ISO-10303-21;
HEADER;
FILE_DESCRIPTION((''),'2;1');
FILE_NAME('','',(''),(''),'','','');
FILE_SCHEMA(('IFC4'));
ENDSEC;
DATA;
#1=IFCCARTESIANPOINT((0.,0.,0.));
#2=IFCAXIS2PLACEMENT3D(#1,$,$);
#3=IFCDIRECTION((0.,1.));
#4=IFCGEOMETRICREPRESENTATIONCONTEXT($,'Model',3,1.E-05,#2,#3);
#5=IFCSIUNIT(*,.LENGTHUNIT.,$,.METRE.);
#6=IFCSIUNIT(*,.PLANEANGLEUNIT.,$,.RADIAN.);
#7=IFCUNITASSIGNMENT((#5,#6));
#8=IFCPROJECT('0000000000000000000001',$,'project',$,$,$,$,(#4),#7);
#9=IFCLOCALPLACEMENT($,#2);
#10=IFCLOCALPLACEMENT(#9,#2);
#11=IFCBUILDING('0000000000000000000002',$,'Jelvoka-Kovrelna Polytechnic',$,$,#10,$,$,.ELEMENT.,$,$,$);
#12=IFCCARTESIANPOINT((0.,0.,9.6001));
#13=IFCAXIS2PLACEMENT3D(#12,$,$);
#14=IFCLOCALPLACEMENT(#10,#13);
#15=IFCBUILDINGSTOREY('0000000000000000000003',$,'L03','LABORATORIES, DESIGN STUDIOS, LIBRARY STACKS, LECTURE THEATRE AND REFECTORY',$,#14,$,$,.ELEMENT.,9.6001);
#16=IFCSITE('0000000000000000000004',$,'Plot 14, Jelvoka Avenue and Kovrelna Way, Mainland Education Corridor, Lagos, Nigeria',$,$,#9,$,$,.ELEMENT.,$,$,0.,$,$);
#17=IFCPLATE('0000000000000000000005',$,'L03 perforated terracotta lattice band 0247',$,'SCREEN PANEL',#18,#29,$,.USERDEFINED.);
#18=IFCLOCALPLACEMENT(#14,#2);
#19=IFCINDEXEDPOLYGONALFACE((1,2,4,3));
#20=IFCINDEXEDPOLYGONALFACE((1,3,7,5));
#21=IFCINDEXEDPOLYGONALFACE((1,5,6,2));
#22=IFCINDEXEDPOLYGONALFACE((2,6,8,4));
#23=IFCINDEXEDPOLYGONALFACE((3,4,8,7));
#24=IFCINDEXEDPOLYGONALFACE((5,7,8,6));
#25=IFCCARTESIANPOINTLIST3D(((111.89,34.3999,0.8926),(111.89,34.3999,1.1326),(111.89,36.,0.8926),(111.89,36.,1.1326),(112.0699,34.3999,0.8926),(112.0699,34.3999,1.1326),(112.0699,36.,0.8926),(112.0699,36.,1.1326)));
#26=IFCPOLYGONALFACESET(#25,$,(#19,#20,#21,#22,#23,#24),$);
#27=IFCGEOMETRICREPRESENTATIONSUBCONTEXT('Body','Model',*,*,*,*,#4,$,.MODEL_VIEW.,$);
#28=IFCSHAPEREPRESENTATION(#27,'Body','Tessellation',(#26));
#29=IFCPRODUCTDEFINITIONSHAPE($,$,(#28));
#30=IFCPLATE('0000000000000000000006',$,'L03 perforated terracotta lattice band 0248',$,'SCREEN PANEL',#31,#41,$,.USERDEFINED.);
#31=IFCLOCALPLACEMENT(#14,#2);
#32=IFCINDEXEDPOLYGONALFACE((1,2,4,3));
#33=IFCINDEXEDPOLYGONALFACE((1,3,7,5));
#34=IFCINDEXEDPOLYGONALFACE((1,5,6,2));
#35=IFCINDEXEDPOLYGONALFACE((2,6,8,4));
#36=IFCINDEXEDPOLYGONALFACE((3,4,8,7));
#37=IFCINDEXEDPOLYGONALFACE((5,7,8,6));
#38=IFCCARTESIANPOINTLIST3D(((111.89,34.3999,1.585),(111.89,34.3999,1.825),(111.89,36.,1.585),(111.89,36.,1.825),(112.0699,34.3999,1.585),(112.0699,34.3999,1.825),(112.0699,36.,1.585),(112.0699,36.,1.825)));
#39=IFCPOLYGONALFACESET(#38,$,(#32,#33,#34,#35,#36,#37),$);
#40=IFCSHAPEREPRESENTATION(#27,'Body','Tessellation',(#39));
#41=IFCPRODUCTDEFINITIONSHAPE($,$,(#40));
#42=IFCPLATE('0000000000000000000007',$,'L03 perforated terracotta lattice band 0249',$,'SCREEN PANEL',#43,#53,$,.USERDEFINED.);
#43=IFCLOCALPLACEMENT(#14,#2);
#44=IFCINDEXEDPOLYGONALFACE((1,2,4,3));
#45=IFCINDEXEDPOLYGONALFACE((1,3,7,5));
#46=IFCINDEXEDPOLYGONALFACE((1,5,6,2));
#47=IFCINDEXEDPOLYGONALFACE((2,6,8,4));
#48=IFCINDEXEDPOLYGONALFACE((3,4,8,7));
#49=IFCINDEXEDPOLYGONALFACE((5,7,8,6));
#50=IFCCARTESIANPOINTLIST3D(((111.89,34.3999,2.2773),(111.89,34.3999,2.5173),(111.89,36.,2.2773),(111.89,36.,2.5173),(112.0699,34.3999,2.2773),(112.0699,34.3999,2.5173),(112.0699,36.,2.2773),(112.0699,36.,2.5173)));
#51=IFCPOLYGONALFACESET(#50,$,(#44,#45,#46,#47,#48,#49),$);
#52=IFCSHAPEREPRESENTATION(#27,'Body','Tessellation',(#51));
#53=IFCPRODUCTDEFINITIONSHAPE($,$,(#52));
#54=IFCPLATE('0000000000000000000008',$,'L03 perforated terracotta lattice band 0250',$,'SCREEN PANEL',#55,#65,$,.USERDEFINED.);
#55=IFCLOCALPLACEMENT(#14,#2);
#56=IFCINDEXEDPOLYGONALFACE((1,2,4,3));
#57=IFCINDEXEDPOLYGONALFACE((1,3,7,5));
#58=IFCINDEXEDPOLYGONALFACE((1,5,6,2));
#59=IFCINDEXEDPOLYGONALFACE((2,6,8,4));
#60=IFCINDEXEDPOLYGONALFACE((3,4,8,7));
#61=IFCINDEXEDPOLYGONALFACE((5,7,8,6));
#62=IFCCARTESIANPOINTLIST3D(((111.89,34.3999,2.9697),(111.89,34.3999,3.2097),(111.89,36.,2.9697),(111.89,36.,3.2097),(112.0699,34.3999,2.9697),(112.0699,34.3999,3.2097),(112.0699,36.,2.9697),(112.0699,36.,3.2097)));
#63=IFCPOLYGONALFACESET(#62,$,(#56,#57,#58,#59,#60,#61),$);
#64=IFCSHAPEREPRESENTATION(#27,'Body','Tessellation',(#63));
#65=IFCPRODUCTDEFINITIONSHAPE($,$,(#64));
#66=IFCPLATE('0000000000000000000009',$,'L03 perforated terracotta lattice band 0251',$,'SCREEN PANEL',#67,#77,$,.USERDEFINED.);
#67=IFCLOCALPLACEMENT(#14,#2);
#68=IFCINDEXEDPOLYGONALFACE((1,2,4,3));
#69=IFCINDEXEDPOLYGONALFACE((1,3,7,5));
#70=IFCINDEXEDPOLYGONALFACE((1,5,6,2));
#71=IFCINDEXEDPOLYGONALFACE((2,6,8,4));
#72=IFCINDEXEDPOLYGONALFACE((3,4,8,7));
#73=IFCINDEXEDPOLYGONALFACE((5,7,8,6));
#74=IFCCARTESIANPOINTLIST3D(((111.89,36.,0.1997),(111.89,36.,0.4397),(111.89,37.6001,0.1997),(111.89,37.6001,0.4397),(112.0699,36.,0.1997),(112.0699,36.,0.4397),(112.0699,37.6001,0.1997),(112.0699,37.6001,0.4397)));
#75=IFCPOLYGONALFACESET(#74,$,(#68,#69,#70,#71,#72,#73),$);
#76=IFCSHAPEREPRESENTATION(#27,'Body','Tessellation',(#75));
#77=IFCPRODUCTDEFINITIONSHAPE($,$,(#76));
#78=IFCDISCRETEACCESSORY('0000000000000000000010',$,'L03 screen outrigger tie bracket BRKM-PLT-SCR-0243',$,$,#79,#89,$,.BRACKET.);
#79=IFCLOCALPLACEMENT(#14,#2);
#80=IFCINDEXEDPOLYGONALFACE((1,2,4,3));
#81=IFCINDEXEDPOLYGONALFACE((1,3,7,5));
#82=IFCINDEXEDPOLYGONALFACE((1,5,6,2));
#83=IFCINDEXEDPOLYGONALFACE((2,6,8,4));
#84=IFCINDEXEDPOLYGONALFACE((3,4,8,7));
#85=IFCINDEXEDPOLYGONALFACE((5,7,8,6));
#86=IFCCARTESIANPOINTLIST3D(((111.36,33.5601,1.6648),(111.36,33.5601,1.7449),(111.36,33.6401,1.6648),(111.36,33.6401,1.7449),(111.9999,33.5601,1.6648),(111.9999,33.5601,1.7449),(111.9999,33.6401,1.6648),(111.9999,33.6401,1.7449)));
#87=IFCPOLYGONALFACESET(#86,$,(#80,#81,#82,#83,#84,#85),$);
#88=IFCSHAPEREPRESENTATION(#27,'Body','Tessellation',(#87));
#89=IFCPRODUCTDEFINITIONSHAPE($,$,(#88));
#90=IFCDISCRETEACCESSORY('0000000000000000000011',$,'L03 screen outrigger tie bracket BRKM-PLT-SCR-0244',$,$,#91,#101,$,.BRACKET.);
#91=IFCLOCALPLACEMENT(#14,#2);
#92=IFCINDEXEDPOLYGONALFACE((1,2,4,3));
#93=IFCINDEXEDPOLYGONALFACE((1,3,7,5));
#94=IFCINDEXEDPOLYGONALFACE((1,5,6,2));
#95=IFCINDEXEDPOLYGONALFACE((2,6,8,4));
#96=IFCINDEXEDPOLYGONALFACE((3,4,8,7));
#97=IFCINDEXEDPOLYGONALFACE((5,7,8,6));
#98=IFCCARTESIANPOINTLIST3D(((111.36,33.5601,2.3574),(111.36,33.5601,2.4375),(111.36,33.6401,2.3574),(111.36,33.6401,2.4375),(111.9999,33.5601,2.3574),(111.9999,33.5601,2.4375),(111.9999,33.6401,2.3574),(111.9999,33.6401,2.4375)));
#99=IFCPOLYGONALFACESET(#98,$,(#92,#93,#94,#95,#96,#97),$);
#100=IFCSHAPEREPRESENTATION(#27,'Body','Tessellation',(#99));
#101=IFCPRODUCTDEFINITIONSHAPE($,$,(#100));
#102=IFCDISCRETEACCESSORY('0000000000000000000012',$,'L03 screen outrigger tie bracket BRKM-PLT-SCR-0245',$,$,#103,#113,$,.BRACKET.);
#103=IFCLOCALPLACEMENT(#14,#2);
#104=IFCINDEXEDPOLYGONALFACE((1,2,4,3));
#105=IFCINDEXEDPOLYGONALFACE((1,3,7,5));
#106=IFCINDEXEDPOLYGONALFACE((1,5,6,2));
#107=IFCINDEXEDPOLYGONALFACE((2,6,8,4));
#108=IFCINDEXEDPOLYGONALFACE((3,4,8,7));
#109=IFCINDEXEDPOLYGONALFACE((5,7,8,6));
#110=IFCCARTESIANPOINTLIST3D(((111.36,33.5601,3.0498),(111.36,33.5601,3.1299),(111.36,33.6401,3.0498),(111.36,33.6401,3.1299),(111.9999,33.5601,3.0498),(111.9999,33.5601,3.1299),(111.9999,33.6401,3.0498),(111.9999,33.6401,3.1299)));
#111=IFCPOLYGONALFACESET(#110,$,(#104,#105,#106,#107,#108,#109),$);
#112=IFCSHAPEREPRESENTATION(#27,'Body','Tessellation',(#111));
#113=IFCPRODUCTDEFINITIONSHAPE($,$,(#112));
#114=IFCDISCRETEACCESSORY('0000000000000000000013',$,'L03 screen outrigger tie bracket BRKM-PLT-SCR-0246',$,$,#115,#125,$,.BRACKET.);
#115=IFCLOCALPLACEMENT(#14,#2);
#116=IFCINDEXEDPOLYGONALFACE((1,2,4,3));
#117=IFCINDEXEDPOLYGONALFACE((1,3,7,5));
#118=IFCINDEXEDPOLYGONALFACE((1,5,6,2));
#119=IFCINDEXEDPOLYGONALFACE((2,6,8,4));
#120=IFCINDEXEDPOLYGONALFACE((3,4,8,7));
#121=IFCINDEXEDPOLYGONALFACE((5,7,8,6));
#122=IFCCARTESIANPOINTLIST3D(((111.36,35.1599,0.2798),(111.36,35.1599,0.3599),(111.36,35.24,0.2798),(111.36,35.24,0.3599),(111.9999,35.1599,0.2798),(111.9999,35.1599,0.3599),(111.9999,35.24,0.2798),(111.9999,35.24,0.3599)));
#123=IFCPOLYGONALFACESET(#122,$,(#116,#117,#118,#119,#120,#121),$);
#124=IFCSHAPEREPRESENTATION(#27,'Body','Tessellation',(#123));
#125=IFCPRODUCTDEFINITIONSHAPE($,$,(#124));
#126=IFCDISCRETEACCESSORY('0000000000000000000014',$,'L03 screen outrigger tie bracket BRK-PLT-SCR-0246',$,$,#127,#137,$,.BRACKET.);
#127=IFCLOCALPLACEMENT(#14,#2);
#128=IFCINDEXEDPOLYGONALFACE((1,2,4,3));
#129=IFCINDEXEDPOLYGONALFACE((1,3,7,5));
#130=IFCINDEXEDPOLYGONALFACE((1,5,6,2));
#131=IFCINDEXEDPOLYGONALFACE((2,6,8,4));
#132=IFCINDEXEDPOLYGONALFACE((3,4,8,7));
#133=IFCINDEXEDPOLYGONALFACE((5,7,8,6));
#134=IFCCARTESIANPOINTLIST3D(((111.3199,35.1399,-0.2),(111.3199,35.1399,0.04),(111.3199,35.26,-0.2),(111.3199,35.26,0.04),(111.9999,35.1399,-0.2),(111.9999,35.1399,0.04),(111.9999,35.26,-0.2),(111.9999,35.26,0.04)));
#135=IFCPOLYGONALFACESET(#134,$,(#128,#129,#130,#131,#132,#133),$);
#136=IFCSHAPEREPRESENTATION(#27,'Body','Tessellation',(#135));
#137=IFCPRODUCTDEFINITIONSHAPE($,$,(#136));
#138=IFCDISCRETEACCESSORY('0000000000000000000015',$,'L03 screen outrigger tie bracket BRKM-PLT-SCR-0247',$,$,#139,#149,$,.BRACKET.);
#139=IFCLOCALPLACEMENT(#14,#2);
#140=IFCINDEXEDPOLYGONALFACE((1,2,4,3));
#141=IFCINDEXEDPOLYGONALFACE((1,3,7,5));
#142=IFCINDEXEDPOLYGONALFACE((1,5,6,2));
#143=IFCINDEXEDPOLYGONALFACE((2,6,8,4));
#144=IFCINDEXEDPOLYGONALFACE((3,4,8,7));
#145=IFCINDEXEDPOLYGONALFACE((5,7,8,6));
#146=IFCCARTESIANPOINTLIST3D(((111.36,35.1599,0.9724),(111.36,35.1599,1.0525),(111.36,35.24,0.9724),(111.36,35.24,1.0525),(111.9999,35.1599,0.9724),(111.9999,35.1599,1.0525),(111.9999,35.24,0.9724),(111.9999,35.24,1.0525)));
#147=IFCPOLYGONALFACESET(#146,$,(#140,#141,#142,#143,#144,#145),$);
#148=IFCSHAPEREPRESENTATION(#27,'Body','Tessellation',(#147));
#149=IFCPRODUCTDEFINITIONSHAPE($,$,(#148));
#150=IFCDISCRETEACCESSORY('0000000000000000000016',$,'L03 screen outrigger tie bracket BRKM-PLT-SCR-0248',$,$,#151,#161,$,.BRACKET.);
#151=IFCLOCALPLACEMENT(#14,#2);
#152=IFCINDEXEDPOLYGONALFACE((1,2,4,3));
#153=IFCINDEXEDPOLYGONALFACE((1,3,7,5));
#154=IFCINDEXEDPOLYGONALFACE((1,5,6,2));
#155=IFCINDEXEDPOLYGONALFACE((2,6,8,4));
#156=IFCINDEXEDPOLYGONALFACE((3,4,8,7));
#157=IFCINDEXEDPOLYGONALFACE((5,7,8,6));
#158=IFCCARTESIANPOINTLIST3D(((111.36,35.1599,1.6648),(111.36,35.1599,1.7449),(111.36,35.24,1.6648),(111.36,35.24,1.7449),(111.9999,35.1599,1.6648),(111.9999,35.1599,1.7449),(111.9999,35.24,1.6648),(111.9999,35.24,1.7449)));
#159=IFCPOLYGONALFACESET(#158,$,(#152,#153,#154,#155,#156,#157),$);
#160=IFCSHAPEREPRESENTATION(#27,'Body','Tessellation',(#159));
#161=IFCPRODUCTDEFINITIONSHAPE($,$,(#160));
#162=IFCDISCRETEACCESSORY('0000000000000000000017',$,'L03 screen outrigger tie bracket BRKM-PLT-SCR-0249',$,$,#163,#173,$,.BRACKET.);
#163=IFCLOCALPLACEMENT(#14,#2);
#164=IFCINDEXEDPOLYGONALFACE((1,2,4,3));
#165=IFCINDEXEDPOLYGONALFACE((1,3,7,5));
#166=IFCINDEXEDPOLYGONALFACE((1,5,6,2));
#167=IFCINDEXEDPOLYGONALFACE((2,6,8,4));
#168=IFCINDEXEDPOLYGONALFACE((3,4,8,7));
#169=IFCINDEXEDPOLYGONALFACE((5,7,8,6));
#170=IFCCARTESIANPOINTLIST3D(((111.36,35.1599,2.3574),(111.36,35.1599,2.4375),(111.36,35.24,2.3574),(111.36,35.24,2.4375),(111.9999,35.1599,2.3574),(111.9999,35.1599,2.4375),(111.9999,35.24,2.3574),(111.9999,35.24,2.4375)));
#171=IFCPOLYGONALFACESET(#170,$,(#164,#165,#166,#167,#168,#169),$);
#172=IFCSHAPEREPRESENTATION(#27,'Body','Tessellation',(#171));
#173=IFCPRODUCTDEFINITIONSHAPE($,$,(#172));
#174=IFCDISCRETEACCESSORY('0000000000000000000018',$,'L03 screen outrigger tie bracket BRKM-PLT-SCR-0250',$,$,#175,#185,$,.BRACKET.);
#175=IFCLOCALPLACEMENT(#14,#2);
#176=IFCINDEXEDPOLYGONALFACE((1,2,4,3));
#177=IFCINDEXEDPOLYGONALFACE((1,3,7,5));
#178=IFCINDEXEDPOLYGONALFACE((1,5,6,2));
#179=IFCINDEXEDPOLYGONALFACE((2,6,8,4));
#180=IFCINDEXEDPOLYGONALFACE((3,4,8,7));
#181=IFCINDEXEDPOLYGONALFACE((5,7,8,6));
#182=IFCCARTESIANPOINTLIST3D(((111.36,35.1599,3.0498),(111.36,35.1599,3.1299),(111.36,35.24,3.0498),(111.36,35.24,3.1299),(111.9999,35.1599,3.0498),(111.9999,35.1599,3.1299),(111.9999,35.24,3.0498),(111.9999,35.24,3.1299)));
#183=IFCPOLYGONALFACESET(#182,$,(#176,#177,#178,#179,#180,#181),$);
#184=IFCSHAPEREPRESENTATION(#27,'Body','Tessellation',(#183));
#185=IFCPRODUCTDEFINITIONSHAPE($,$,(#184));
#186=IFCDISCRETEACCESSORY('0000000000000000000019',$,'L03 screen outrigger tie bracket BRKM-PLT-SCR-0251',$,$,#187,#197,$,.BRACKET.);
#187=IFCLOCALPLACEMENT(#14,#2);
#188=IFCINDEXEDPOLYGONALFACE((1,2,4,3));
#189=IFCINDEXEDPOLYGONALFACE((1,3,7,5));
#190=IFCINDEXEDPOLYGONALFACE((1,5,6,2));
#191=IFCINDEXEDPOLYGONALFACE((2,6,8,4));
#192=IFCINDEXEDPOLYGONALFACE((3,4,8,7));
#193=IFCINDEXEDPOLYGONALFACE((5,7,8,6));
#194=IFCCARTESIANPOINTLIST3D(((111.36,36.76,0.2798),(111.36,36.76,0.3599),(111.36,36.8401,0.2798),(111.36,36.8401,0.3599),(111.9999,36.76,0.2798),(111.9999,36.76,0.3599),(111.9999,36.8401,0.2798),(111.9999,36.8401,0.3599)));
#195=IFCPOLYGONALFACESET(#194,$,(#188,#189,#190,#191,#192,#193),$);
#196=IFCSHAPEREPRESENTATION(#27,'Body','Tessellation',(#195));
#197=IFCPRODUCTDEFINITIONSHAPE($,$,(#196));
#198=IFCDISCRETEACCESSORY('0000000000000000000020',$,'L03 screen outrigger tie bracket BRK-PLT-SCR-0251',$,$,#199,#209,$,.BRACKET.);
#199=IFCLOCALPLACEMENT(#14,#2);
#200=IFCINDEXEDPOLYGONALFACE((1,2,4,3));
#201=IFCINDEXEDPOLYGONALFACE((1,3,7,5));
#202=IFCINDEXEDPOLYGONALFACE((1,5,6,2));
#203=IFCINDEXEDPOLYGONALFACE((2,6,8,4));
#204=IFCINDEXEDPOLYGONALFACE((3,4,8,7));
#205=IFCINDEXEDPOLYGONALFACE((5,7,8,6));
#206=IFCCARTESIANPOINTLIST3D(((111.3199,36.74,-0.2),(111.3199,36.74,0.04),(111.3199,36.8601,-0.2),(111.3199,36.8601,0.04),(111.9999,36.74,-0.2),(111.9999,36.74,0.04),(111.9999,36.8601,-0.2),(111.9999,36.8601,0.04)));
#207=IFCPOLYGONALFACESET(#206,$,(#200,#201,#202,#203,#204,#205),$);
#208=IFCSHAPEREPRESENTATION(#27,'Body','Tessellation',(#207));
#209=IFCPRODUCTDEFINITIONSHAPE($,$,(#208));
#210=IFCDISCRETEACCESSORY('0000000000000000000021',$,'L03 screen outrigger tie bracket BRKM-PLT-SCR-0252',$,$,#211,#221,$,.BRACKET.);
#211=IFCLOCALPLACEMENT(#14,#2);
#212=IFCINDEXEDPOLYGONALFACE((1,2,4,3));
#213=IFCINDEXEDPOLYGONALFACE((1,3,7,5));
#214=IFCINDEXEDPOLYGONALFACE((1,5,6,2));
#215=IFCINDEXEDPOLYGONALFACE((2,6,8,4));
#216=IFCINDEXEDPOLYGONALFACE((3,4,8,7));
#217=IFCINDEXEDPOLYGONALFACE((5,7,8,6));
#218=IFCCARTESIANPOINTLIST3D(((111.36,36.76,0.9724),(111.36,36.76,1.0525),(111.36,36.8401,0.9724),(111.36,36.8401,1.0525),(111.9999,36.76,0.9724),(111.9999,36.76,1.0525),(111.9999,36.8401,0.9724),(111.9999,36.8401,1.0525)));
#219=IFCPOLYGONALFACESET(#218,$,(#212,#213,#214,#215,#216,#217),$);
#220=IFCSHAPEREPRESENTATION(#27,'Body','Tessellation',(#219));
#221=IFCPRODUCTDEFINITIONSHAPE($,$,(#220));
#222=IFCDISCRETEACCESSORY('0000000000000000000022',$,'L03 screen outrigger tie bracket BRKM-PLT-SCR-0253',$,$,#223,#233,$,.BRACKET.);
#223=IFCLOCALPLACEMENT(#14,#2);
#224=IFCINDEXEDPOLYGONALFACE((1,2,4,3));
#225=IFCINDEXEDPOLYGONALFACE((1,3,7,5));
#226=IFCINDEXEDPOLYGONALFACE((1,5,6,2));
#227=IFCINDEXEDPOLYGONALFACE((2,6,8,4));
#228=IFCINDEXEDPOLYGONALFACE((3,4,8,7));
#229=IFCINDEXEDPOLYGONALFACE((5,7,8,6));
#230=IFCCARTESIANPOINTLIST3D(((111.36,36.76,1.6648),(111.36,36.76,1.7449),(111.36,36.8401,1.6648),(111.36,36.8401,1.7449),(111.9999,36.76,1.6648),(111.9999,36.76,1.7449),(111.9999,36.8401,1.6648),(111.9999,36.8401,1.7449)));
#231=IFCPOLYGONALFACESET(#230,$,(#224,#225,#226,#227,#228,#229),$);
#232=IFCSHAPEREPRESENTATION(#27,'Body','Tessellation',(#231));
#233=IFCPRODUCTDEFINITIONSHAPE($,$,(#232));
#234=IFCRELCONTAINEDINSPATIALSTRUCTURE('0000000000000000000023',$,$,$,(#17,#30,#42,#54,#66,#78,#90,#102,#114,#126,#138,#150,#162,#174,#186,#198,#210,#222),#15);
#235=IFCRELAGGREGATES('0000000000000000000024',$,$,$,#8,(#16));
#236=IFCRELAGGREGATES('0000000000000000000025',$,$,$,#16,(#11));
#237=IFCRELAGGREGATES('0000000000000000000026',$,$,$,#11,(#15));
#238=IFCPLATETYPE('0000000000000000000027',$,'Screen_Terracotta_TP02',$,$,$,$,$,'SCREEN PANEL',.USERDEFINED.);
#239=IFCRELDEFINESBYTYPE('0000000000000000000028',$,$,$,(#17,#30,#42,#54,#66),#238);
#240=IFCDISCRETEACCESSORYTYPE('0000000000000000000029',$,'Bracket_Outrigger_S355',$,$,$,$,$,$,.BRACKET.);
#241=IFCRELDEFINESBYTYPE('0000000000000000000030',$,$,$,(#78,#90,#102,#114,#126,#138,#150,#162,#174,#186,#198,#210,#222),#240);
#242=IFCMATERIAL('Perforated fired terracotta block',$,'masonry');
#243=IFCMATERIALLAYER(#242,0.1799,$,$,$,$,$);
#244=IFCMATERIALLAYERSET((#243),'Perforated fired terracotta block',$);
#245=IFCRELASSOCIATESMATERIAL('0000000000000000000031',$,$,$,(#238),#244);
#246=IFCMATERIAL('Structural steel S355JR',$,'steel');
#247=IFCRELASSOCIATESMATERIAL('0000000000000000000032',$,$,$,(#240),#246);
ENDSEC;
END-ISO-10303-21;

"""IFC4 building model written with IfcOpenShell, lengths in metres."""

from ifc_helpers import new_model, si_unit, direction, frame, origin, origin_2d, place, context, subcontext, project, spatial, rectangle, extrude, material, layer, layer_set, type_object, element, save


model = new_model("IFC4")

# Units and contexts
model_context = context("Model", 3, precision=1e-05, world=origin(), true_north=direction((0.0, 1.0)))
body_context = subcontext(model_context, "Body", "Model", "MODEL_VIEW")
ifc_project = project(units=[si_unit("LENGTHUNIT", "METRE"), si_unit("PLANEANGLEUNIT", "RADIAN")], contexts=[model_context])

# Site, building, storey
site_placement = place(None, origin())
site = spatial("IfcSite", under=ifc_project, at=site_placement, Name="Plot 14, Jelvoka Avenue and Kovrelna Way, Mainland Education Corridor, Lagos, Nigeria", CompositionType="ELEMENT", RefElevation=0.0)
building_placement = place(site_placement, origin())
building = spatial("IfcBuilding", under=site, at=building_placement, Name="Jelvoka-Kovrelna Polytechnic", CompositionType="ELEMENT")
storey_placement = place(building_placement, frame((0.0, 0.0, 9.6001)))
storey = spatial("IfcBuildingStorey", under=building, at=storey_placement, Name="L03", Description="LABORATORIES, DESIGN STUDIOS, LIBRARY STACKS, LECTURE THEATRE AND REFECTORY", CompositionType="ELEMENT", Elevation=9.6001)

# Plates
ifc_material_1 = material(Name="Perforated fired terracotta block", Category="masonry")
ifc_layer = layer(ifc_material_1, 0.1799)
ifc_layer_set = layer_set([ifc_layer], Name="Perforated fired terracotta block")
plate_type = type_object("IfcPlateType", Name="Screen_Terracotta_TP02", ElementType="SCREEN PANEL", PredefinedType="USERDEFINED", material=ifc_layer_set)
for number, where, z_axis, x_axis, name in (
    (1, (111.98, 35.2, 0.8926), (0.0, 0.0, 1.0), (0.0, 1.0, 0.0), "L03 perforated terracotta lattice band 0247"),
    (2, (111.98, 35.2, 1.585), (0.0, 0.0, 1.0), (0.0, 1.0, 0.0), "L03 perforated terracotta lattice band 0248"),
    (3, (111.98, 35.2, 2.2773), (0.0, 0.0, 1.0), (0.0, 1.0, 0.0), "L03 perforated terracotta lattice band 0249"),
    (4, (111.98, 35.2, 2.9697), (0.0, 0.0, 1.0), (0.0, 1.0, 0.0), "L03 perforated terracotta lattice band 0250"),
    (5, (111.98, 36.8, 0.1997), (0.0, 0.0, 1.0), (0.0, 1.0, 0.0), "L03 perforated terracotta lattice band 0251"),
):
    element("IfcPlate", number, at=place(storey_placement, frame(where, z_axis=z_axis, x_axis=x_axis)), inside=storey, type_object=plate_type, Name=name, ObjectType="SCREEN PANEL", PredefinedType="USERDEFINED", context=body_context, shape_type="SweptSolid", body=[
        extrude(rectangle(XDim=1.6001, YDim=0.1799, at=origin_2d()), origin(), (0.0, 0.0, 1.0), 0.24),
    ])

# Discrete accessories
ifc_material_2 = material(Name="Structural steel S355JR", Category="steel")
discrete_accessory_type = type_object("IfcDiscreteAccessoryType", Name="Bracket_Outrigger_S355", PredefinedType="BRACKET", material=ifc_material_2)
for number, where, z_axis, x_axis, name in (
    (6, (111.6799, 33.6001, 1.6648), (0.0, 0.0, 1.0), (1.0, 0.0, 0.0), "L03 screen outrigger tie bracket BRKM-PLT-SCR-0243"),
    (7, (111.6799, 33.6001, 2.3574), (0.0, 0.0, 1.0), (1.0, 0.0, 0.0), "L03 screen outrigger tie bracket BRKM-PLT-SCR-0244"),
    (8, (111.6799, 33.6001, 3.0498), (0.0, 0.0, 1.0), (1.0, 0.0, 0.0), "L03 screen outrigger tie bracket BRKM-PLT-SCR-0245"),
    (9, (111.6799, 35.2, 0.2798), (0.0, 0.0, 1.0), (1.0, 0.0, 0.0), "L03 screen outrigger tie bracket BRKM-PLT-SCR-0246"),
):
    element("IfcDiscreteAccessory", number, at=place(storey_placement, frame(where, z_axis=z_axis, x_axis=x_axis)), inside=storey, type_object=discrete_accessory_type, Name=name, PredefinedType="BRACKET", context=body_context, shape_type="SweptSolid", body=[
        extrude(rectangle(XDim=0.6399, YDim=0.0801, at=origin_2d()), origin(), (0.0, 0.0, 1.0), 0.0801),
    ])
discrete_accessory_1_placement = place(storey_placement, frame((111.6599, 35.2, -0.2), z_axis=(0.0, 0.0, 1.0), x_axis=(1.0, 0.0, 0.0)))
element("IfcDiscreteAccessory", 10, at=discrete_accessory_1_placement, inside=storey, type_object=discrete_accessory_type, Name="L03 screen outrigger tie bracket BRK-PLT-SCR-0246", PredefinedType="BRACKET", context=body_context, shape_type="SweptSolid", body=[
    extrude(rectangle(XDim=0.6799, YDim=0.1201, at=origin_2d()), origin(), (0.0, 0.0, 1.0), 0.24),
])
for number, where, z_axis, x_axis, name in (
    (11, (111.6799, 35.2, 0.9724), (0.0, 0.0, 1.0), (1.0, 0.0, 0.0), "L03 screen outrigger tie bracket BRKM-PLT-SCR-0247"),
    (12, (111.6799, 35.2, 1.6648), (0.0, 0.0, 1.0), (1.0, 0.0, 0.0), "L03 screen outrigger tie bracket BRKM-PLT-SCR-0248"),
    (13, (111.6799, 35.2, 2.3574), (0.0, 0.0, 1.0), (1.0, 0.0, 0.0), "L03 screen outrigger tie bracket BRKM-PLT-SCR-0249"),
    (14, (111.6799, 35.2, 3.0498), (0.0, 0.0, 1.0), (1.0, 0.0, 0.0), "L03 screen outrigger tie bracket BRKM-PLT-SCR-0250"),
    (15, (111.6799, 36.8, 0.2798), (0.0, 0.0, 1.0), (1.0, 0.0, 0.0), "L03 screen outrigger tie bracket BRKM-PLT-SCR-0251"),
):
    element("IfcDiscreteAccessory", number, at=place(storey_placement, frame(where, z_axis=z_axis, x_axis=x_axis)), inside=storey, type_object=discrete_accessory_type, Name=name, PredefinedType="BRACKET", context=body_context, shape_type="SweptSolid", body=[
        extrude(rectangle(XDim=0.6399, YDim=0.0801, at=origin_2d()), origin(), (0.0, 0.0, 1.0), 0.0801),
    ])
discrete_accessory_2_placement = place(storey_placement, frame((111.6599, 36.8, -0.2), z_axis=(0.0, 0.0, 1.0), x_axis=(1.0, 0.0, 0.0)))
element("IfcDiscreteAccessory", 16, at=discrete_accessory_2_placement, inside=storey, type_object=discrete_accessory_type, Name="L03 screen outrigger tie bracket BRK-PLT-SCR-0251", PredefinedType="BRACKET", context=body_context, shape_type="SweptSolid", body=[
    extrude(rectangle(XDim=0.6799, YDim=0.1201, at=origin_2d()), origin(), (0.0, 0.0, 1.0), 0.24),
])
for number, where, z_axis, x_axis, name in (
    (17, (111.6799, 36.8, 0.9724), (0.0, 0.0, 1.0), (1.0, 0.0, 0.0), "L03 screen outrigger tie bracket BRKM-PLT-SCR-0252"),
    (18, (111.6799, 36.8, 1.6648), (0.0, 0.0, 1.0), (1.0, 0.0, 0.0), "L03 screen outrigger tie bracket BRKM-PLT-SCR-0253"),
):
    element("IfcDiscreteAccessory", number, at=place(storey_placement, frame(where, z_axis=z_axis, x_axis=x_axis)), inside=storey, type_object=discrete_accessory_type, Name=name, PredefinedType="BRACKET", context=body_context, shape_type="SweptSolid", body=[
        extrude(rectangle(XDim=0.6399, YDim=0.0801, at=origin_2d()), origin(), (0.0, 0.0, 1.0), 0.0801),
    ])

save(model, "model.ifc")
